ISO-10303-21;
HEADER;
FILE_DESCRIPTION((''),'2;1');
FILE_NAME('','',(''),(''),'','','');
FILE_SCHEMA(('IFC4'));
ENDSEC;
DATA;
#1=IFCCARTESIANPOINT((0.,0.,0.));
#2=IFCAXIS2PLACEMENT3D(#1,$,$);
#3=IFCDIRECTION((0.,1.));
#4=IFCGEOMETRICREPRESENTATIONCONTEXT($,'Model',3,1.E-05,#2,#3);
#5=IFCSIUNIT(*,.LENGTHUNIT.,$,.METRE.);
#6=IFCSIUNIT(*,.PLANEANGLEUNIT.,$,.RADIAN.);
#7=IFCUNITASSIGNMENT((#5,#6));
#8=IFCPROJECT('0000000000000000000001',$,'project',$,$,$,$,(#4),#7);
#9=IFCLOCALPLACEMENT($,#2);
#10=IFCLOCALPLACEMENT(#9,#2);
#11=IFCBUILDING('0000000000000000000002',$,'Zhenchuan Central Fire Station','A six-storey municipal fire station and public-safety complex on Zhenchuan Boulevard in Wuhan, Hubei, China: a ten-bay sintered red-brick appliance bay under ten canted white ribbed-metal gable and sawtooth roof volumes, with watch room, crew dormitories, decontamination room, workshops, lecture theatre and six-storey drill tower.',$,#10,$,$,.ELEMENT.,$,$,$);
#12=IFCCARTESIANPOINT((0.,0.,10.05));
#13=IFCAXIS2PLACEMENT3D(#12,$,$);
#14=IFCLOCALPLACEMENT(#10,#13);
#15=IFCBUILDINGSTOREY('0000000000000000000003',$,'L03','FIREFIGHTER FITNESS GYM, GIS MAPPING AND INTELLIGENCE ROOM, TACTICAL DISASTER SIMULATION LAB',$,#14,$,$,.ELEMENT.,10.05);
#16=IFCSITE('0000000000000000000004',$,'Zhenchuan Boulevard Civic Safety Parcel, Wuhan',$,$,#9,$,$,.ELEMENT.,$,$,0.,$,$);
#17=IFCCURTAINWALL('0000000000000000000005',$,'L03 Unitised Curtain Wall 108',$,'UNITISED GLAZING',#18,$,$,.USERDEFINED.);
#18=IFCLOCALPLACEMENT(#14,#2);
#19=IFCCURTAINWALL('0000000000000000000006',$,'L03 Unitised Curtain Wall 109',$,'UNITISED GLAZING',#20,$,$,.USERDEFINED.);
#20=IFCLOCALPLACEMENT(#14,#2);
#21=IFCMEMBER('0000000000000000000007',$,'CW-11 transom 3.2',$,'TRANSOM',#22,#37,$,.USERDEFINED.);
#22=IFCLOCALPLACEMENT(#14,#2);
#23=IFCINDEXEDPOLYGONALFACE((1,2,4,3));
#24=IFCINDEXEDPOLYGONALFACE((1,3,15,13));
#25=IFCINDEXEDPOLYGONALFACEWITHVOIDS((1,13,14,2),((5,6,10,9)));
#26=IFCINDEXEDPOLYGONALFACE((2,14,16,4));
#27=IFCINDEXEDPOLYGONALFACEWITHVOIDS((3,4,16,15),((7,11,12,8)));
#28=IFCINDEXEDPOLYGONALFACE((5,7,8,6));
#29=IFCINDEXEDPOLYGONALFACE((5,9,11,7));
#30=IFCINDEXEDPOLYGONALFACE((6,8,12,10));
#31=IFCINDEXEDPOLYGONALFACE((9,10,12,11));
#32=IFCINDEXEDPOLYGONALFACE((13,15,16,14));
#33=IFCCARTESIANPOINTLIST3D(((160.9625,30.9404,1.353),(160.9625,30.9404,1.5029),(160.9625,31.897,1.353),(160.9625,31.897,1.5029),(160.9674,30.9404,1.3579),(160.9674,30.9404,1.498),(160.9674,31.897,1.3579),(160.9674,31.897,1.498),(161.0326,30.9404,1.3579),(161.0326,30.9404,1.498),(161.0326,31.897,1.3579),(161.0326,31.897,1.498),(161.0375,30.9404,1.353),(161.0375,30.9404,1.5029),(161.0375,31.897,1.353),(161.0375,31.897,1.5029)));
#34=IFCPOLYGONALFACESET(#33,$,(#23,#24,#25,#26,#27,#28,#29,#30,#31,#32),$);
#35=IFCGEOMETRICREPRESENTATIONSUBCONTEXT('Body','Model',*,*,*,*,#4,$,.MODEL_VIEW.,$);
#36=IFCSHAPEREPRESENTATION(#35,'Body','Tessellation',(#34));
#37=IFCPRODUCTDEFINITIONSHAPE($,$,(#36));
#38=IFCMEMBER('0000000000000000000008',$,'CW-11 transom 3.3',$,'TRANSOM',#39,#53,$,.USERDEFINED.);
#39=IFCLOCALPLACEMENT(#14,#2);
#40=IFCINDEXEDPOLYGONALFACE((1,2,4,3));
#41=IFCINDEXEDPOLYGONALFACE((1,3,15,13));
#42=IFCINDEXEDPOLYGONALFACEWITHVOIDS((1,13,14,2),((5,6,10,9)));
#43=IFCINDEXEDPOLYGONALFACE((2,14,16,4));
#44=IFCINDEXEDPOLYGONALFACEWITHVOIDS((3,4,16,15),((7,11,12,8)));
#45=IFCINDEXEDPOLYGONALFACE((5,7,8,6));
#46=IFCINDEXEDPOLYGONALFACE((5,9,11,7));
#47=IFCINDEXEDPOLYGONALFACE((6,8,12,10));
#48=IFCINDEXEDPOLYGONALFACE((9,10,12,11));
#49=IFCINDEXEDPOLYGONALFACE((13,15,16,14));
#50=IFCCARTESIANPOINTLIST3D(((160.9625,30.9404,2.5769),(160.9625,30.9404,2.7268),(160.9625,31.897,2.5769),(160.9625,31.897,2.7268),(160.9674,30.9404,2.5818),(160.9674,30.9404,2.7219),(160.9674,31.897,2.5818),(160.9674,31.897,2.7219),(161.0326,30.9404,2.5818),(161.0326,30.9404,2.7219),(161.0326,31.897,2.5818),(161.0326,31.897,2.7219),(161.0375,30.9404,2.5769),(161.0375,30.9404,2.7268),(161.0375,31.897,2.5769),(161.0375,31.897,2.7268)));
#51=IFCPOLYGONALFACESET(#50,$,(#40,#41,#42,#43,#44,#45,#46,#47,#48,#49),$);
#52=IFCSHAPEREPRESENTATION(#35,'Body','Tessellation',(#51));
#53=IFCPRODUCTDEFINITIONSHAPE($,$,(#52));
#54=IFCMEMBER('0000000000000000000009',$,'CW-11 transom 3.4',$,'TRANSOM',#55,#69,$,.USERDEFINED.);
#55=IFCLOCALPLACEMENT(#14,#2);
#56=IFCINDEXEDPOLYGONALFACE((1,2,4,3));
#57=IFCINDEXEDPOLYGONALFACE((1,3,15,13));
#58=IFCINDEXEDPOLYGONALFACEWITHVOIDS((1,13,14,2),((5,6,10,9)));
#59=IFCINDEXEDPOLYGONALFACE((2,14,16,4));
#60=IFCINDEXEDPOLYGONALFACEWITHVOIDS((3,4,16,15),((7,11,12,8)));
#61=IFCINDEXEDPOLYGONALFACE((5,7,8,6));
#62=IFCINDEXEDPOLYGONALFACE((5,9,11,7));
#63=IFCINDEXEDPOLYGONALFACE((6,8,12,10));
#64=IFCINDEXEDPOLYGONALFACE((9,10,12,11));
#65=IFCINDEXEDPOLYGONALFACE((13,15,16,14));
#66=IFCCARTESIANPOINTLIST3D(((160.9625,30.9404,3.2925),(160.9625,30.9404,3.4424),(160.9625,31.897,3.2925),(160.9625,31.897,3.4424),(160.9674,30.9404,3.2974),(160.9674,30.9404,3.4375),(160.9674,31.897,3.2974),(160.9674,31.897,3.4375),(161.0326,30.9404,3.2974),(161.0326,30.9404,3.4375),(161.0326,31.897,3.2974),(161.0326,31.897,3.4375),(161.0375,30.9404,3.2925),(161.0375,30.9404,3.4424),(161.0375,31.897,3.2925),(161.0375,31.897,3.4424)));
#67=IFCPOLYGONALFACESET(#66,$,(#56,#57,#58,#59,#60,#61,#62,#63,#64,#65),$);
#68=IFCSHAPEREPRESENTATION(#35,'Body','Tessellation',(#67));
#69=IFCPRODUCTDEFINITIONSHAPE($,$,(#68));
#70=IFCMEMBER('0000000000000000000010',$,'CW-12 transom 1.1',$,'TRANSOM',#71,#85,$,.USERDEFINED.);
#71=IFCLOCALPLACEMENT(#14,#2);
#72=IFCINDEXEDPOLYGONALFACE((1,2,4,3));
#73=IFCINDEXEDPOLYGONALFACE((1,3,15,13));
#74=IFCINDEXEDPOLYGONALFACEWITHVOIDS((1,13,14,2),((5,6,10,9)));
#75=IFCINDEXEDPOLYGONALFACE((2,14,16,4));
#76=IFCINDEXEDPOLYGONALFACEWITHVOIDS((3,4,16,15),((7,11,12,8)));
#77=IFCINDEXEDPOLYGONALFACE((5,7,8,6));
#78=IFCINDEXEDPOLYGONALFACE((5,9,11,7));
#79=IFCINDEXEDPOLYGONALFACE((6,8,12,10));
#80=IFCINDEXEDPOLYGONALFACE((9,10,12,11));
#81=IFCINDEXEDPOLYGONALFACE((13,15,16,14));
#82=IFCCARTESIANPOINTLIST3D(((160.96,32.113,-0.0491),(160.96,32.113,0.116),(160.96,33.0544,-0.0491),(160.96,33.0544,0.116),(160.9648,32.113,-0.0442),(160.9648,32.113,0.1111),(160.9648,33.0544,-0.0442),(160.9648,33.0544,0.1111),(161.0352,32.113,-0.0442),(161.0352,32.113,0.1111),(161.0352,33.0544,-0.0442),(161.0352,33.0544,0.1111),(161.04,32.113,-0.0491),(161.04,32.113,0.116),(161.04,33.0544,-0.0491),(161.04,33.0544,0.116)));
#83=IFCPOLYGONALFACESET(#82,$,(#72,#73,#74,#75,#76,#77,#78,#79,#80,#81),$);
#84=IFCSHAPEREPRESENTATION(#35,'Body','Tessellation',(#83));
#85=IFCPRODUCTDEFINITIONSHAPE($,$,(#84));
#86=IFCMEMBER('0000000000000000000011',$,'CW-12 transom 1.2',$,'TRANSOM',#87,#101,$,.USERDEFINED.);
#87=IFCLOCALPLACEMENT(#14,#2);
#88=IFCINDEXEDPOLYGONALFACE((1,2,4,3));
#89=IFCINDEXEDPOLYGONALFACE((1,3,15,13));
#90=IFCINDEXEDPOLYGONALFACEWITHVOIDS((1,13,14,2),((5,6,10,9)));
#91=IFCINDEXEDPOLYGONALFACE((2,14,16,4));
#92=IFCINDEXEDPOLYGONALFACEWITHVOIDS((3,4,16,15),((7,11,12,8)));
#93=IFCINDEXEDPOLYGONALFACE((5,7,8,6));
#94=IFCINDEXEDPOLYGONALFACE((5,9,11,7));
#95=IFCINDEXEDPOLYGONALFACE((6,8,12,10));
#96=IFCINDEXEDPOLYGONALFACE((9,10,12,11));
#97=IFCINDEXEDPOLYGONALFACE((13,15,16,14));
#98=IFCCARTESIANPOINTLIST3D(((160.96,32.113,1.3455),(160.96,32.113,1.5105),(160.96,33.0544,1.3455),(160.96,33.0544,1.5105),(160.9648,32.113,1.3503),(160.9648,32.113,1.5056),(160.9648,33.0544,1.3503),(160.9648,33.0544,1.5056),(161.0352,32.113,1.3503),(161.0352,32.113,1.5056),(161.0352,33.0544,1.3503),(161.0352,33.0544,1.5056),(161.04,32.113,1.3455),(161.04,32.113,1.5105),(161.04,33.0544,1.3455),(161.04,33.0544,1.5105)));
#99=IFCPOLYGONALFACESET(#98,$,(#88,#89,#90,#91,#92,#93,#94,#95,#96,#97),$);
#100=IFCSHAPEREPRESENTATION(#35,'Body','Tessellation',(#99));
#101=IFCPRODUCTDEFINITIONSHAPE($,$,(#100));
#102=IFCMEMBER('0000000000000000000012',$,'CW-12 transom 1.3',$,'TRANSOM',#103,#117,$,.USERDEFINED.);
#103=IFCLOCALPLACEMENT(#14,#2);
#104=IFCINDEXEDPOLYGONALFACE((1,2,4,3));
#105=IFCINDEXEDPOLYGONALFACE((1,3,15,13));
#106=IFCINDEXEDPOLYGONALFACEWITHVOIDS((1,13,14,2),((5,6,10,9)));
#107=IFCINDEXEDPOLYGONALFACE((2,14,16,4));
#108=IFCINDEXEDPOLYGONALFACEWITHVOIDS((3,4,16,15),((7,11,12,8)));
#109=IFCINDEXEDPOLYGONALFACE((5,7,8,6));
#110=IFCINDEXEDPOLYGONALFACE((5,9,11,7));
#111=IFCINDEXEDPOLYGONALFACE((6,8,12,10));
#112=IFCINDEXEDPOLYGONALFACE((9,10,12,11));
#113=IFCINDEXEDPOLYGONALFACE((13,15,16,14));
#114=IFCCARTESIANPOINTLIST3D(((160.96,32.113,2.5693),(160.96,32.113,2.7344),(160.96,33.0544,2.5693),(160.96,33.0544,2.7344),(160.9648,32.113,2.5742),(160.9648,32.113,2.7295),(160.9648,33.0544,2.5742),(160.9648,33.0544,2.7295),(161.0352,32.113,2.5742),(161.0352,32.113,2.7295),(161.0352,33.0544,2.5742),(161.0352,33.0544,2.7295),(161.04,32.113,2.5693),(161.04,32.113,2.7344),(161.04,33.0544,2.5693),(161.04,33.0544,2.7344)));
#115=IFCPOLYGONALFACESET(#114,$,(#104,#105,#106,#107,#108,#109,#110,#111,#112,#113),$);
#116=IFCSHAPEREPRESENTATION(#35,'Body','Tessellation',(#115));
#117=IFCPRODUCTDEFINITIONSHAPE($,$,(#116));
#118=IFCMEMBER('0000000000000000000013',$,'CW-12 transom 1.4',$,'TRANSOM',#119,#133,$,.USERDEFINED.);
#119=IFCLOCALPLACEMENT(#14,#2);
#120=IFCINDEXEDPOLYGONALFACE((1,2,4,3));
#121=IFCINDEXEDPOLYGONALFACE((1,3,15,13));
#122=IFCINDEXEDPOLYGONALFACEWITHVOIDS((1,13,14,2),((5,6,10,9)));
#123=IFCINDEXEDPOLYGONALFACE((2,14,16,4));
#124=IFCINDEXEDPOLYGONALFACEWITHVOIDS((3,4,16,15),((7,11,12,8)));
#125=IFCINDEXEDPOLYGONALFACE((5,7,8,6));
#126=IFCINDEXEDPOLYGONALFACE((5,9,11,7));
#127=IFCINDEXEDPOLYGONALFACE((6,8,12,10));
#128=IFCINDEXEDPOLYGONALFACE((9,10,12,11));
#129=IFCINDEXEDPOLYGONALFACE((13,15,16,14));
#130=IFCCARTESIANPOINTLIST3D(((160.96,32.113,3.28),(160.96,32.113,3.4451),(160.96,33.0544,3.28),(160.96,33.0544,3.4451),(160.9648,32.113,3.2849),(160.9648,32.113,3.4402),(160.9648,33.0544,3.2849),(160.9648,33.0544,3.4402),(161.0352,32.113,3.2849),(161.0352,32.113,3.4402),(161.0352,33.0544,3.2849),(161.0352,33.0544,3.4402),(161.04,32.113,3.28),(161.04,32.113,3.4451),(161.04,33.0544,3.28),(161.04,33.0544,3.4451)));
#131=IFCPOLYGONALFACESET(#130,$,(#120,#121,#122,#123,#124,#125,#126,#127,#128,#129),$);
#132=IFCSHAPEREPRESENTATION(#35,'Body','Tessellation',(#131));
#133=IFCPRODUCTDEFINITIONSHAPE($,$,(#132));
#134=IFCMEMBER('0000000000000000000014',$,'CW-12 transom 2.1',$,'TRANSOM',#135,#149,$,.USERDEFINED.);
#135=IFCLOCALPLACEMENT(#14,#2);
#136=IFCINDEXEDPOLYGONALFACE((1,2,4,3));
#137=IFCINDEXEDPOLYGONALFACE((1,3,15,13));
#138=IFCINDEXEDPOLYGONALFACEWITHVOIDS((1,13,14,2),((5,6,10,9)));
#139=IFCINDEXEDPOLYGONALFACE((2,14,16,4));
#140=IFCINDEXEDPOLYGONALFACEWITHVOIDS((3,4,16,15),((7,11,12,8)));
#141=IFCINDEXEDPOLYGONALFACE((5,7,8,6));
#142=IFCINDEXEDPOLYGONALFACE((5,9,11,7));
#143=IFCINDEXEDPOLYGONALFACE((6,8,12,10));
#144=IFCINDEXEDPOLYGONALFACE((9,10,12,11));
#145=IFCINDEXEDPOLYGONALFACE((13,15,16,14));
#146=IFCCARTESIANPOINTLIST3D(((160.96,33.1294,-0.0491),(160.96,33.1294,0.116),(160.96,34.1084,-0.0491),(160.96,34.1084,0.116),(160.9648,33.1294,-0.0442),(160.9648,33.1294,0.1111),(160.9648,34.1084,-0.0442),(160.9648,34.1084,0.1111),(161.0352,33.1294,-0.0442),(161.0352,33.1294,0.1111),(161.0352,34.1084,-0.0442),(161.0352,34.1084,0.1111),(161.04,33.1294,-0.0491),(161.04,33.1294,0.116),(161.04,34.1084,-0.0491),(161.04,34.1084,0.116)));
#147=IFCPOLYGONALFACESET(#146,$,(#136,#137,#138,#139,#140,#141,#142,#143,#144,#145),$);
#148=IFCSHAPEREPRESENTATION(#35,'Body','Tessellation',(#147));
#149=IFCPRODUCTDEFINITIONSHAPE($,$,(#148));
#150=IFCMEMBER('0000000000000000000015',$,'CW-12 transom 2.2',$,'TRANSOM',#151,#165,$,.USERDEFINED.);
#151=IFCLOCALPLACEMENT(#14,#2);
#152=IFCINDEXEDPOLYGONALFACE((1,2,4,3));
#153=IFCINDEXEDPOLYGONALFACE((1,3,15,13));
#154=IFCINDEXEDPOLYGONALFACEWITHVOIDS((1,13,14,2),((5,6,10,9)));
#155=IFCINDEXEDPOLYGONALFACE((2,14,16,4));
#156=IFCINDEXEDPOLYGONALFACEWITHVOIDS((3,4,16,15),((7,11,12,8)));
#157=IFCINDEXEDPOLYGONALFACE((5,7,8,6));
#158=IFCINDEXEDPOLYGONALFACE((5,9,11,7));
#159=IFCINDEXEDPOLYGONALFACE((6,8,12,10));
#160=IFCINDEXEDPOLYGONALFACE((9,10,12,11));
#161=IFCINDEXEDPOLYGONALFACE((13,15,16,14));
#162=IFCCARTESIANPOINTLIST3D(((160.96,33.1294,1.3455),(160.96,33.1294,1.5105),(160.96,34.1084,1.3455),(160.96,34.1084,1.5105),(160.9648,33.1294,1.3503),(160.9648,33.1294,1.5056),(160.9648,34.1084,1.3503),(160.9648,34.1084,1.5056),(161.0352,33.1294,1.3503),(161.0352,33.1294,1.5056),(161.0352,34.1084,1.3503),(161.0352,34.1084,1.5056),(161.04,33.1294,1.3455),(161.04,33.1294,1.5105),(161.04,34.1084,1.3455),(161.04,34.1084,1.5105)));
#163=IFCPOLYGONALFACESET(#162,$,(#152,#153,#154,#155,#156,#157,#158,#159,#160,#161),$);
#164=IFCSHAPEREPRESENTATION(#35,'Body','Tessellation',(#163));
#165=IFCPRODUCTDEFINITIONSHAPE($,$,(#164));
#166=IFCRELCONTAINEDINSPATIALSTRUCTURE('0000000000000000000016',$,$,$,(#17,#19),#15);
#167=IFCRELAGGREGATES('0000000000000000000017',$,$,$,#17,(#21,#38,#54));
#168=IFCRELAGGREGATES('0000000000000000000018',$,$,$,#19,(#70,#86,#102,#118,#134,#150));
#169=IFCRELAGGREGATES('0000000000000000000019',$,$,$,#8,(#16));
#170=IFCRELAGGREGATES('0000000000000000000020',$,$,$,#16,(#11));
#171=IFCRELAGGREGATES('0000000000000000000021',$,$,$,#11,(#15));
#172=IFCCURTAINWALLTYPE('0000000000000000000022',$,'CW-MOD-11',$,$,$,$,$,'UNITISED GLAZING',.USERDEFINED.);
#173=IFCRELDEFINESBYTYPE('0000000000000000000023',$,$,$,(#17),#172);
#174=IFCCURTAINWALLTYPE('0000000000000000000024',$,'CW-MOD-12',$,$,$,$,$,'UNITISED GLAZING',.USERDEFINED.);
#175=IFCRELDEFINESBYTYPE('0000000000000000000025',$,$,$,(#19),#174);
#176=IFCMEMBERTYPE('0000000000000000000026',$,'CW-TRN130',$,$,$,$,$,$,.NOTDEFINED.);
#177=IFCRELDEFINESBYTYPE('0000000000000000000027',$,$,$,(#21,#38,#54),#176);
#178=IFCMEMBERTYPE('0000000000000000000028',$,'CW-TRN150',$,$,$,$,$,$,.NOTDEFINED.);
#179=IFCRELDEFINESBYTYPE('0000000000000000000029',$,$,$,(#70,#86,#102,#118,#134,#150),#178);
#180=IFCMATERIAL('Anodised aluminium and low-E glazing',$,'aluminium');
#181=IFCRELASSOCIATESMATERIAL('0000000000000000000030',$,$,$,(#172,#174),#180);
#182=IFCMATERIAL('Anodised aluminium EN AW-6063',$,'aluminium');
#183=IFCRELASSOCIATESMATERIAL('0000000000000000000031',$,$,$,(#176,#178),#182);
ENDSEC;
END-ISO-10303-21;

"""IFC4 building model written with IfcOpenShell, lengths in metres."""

from ifc_helpers import new_model, si_unit, direction, frame, origin, origin_2d, place, context, subcontext, project, spatial, hollow_rectangle, extrude, material, material_profile, profile_set, type_object, element, aggregate, save


model = new_model("IFC4")

# Units and contexts
model_context = context("Model", 3, precision=1e-05, world=origin(), true_north=direction((0.0, 1.0)))
body_context = subcontext(model_context, "Body", "Model", "MODEL_VIEW")
ifc_project = project(units=[si_unit("LENGTHUNIT", "METRE"), si_unit("PLANEANGLEUNIT", "RADIAN")], contexts=[model_context])

# Site, building, storey
site_placement = place(None, origin())
site = spatial("IfcSite", under=ifc_project, at=site_placement, Name="Zhenchuan Boulevard Civic Safety Parcel, Wuhan", CompositionType="ELEMENT", RefElevation=0.0)
building_placement = place(site_placement, origin())
building = spatial("IfcBuilding", under=site, at=building_placement, Name="Zhenchuan Central Fire Station", Description="A six-storey municipal fire station and public-safety complex on Zhenchuan Boulevard in Wuhan, Hubei, China: a ten-bay sintered red-brick appliance bay under ten canted white ribbed-metal gable and sawtooth roof volumes, with watch room, crew dormitories, decontamination room, workshops, lecture theatre and six-storey drill tower.", CompositionType="ELEMENT")
storey_placement = place(building_placement, frame((0.0, 0.0, 10.05)))
storey = spatial("IfcBuildingStorey", under=building, at=storey_placement, Name="L03", Description="FIREFIGHTER FITNESS GYM, GIS MAPPING AND INTELLIGENCE ROOM, TACTICAL DISASTER SIMULATION LAB", CompositionType="ELEMENT", Elevation=10.05)

# Curtain walls
ifc_material_1 = material(Name="Anodised aluminium and low-E glazing", Category="aluminium")
curtain_wall_type_1 = type_object("IfcCurtainWallType", Name="CW-MOD-11", ElementType="UNITISED GLAZING", PredefinedType="USERDEFINED", material=ifc_material_1)
curtain_wall_1_placement = place(storey_placement, origin())
curtain_wall_1 = element("IfcCurtainWall", 1, at=curtain_wall_1_placement, inside=storey, type_object=curtain_wall_type_1, Name="L03 Unitised Curtain Wall 108", ObjectType="UNITISED GLAZING", PredefinedType="USERDEFINED")
ifc_material_2 = material(Name="Anodised aluminium EN AW-6063", Category="aluminium")
curtain_wall_type_2 = type_object("IfcCurtainWallType", Name="CW-MOD-12", ElementType="UNITISED GLAZING", PredefinedType="USERDEFINED", material=ifc_material_1)
curtain_wall_2_placement = place(storey_placement, origin())
curtain_wall_2 = element("IfcCurtainWall", 2, at=curtain_wall_2_placement, inside=storey, type_object=curtain_wall_type_2, Name="L03 Unitised Curtain Wall 109", ObjectType="UNITISED GLAZING", PredefinedType="USERDEFINED")

# Members
ifc_material_profile_1 = material_profile(ifc_material_2, hollow_rectangle(XDim=0.075, YDim=0.1499, WallThickness=0.0049, at=origin_2d()), Name="ALU-T 150x75")
ifc_profile_set_1 = profile_set([ifc_material_profile_1], Name="Anodised aluminium EN AW-6063")
member_type_1 = type_object("IfcMemberType", Name="CW-TRN130", PredefinedType="NOTDEFINED", material=ifc_profile_set_1)
member_1_placement = place(storey_placement, frame((161.0, 30.9404, 1.428), z_axis=(0.0, 1.0, 0.0), x_axis=(-1.0, 0.0, 0.0)))
member_1 = element("IfcMember", 3, at=member_1_placement, type_object=member_type_1, Name="CW-11 transom 3.2", ObjectType="TRANSOM", PredefinedType="USERDEFINED", context=body_context, shape_type="SweptSolid", body=[
    extrude(hollow_rectangle(XDim=0.075, YDim=0.1499, WallThickness=0.0049, at=origin_2d()), origin(), (0.0, 0.0, 1.0), 0.9565),
])
member_2_placement = place(storey_placement, frame((161.0, 30.9404, 2.6519), z_axis=(0.0, 1.0, 0.0), x_axis=(-1.0, 0.0, 0.0)))
member_2 = element("IfcMember", 4, at=member_2_placement, type_object=member_type_1, Name="CW-11 transom 3.3", ObjectType="TRANSOM", PredefinedType="USERDEFINED", context=body_context, shape_type="SweptSolid", body=[
    extrude(hollow_rectangle(XDim=0.075, YDim=0.1499, WallThickness=0.0049, at=origin_2d()), origin(), (0.0, 0.0, 1.0), 0.9565),
])
member_3_placement = place(storey_placement, frame((161.0, 30.9404, 3.3674), z_axis=(0.0, 1.0, 0.0), x_axis=(-1.0, 0.0, 0.0)))
member_3 = element("IfcMember", 5, at=member_3_placement, type_object=member_type_1, Name="CW-11 transom 3.4", ObjectType="TRANSOM", PredefinedType="USERDEFINED", context=body_context, shape_type="SweptSolid", body=[
    extrude(hollow_rectangle(XDim=0.075, YDim=0.1499, WallThickness=0.0049, at=origin_2d()), origin(), (0.0, 0.0, 1.0), 0.9565),
])
ifc_material_profile_2 = material_profile(ifc_material_2, hollow_rectangle(XDim=0.0801, YDim=0.165, WallThickness=0.0049, at=origin_2d()), Name="ALU-T 165x80")
ifc_profile_set_2 = profile_set([ifc_material_profile_2], Name="Anodised aluminium EN AW-6063")
member_type_2 = type_object("IfcMemberType", Name="CW-TRN150", PredefinedType="NOTDEFINED", material=ifc_profile_set_2)
member_4_placement = place(storey_placement, frame((161.0, 32.113, 0.0334), z_axis=(0.0, 1.0, 0.0), x_axis=(-1.0, 0.0, 0.0)))
member_4 = element("IfcMember", 6, at=member_4_placement, type_object=member_type_2, Name="CW-12 transom 1.1", ObjectType="TRANSOM", PredefinedType="USERDEFINED", context=body_context, shape_type="SweptSolid", body=[
    extrude(hollow_rectangle(XDim=0.0801, YDim=0.165, WallThickness=0.0049, at=origin_2d()), origin(), (0.0, 0.0, 1.0), 0.9414),
])
member_5_placement = place(storey_placement, frame((161.0, 32.113, 1.428), z_axis=(0.0, 1.0, 0.0), x_axis=(-1.0, 0.0, 0.0)))
member_5 = element("IfcMember", 7, at=member_5_placement, type_object=member_type_2, Name="CW-12 transom 1.2", ObjectType="TRANSOM", PredefinedType="USERDEFINED", context=body_context, shape_type="SweptSolid", body=[
    extrude(hollow_rectangle(XDim=0.0801, YDim=0.165, WallThickness=0.0049, at=origin_2d()), origin(), (0.0, 0.0, 1.0), 0.9414),
])
member_6_placement = place(storey_placement, frame((161.0, 32.113, 2.6519), z_axis=(0.0, 1.0, 0.0), x_axis=(-1.0, 0.0, 0.0)))
member_6 = element("IfcMember", 8, at=member_6_placement, type_object=member_type_2, Name="CW-12 transom 1.3", ObjectType="TRANSOM", PredefinedType="USERDEFINED", context=body_context, shape_type="SweptSolid", body=[
    extrude(hollow_rectangle(XDim=0.0801, YDim=0.165, WallThickness=0.0049, at=origin_2d()), origin(), (0.0, 0.0, 1.0), 0.9414),
])
member_7_placement = place(storey_placement, frame((161.0, 32.113, 3.3625), z_axis=(0.0, 1.0, 0.0), x_axis=(-1.0, 0.0, 0.0)))
member_7 = element("IfcMember", 9, at=member_7_placement, type_object=member_type_2, Name="CW-12 transom 1.4", ObjectType="TRANSOM", PredefinedType="USERDEFINED", context=body_context, shape_type="SweptSolid", body=[
    extrude(hollow_rectangle(XDim=0.0801, YDim=0.165, WallThickness=0.0049, at=origin_2d()), origin(), (0.0, 0.0, 1.0), 0.9414),
])
member_8_placement = place(storey_placement, frame((161.0, 33.1294, 0.0334), z_axis=(0.0, 1.0, 0.0), x_axis=(-1.0, 0.0, 0.0)))
member_8 = element("IfcMember", 10, at=member_8_placement, type_object=member_type_2, Name="CW-12 transom 2.1", ObjectType="TRANSOM", PredefinedType="USERDEFINED", context=body_context, shape_type="SweptSolid", body=[
    extrude(hollow_rectangle(XDim=0.0801, YDim=0.165, WallThickness=0.0049, at=origin_2d()), origin(), (0.0, 0.0, 1.0), 0.979),
])
member_9_placement = place(storey_placement, frame((161.0, 33.1294, 1.428), z_axis=(0.0, 1.0, 0.0), x_axis=(-1.0, 0.0, 0.0)))
member_9 = element("IfcMember", 11, at=member_9_placement, type_object=member_type_2, Name="CW-12 transom 2.2", ObjectType="TRANSOM", PredefinedType="USERDEFINED", context=body_context, shape_type="SweptSolid", body=[
    extrude(hollow_rectangle(XDim=0.0801, YDim=0.165, WallThickness=0.0049, at=origin_2d()), origin(), (0.0, 0.0, 1.0), 0.979),
])

aggregate(curtain_wall_1, [member_1, member_2, member_3])
aggregate(curtain_wall_2, [member_4, member_5, member_6, member_7, member_8, member_9])

save(model, "model.ifc")
